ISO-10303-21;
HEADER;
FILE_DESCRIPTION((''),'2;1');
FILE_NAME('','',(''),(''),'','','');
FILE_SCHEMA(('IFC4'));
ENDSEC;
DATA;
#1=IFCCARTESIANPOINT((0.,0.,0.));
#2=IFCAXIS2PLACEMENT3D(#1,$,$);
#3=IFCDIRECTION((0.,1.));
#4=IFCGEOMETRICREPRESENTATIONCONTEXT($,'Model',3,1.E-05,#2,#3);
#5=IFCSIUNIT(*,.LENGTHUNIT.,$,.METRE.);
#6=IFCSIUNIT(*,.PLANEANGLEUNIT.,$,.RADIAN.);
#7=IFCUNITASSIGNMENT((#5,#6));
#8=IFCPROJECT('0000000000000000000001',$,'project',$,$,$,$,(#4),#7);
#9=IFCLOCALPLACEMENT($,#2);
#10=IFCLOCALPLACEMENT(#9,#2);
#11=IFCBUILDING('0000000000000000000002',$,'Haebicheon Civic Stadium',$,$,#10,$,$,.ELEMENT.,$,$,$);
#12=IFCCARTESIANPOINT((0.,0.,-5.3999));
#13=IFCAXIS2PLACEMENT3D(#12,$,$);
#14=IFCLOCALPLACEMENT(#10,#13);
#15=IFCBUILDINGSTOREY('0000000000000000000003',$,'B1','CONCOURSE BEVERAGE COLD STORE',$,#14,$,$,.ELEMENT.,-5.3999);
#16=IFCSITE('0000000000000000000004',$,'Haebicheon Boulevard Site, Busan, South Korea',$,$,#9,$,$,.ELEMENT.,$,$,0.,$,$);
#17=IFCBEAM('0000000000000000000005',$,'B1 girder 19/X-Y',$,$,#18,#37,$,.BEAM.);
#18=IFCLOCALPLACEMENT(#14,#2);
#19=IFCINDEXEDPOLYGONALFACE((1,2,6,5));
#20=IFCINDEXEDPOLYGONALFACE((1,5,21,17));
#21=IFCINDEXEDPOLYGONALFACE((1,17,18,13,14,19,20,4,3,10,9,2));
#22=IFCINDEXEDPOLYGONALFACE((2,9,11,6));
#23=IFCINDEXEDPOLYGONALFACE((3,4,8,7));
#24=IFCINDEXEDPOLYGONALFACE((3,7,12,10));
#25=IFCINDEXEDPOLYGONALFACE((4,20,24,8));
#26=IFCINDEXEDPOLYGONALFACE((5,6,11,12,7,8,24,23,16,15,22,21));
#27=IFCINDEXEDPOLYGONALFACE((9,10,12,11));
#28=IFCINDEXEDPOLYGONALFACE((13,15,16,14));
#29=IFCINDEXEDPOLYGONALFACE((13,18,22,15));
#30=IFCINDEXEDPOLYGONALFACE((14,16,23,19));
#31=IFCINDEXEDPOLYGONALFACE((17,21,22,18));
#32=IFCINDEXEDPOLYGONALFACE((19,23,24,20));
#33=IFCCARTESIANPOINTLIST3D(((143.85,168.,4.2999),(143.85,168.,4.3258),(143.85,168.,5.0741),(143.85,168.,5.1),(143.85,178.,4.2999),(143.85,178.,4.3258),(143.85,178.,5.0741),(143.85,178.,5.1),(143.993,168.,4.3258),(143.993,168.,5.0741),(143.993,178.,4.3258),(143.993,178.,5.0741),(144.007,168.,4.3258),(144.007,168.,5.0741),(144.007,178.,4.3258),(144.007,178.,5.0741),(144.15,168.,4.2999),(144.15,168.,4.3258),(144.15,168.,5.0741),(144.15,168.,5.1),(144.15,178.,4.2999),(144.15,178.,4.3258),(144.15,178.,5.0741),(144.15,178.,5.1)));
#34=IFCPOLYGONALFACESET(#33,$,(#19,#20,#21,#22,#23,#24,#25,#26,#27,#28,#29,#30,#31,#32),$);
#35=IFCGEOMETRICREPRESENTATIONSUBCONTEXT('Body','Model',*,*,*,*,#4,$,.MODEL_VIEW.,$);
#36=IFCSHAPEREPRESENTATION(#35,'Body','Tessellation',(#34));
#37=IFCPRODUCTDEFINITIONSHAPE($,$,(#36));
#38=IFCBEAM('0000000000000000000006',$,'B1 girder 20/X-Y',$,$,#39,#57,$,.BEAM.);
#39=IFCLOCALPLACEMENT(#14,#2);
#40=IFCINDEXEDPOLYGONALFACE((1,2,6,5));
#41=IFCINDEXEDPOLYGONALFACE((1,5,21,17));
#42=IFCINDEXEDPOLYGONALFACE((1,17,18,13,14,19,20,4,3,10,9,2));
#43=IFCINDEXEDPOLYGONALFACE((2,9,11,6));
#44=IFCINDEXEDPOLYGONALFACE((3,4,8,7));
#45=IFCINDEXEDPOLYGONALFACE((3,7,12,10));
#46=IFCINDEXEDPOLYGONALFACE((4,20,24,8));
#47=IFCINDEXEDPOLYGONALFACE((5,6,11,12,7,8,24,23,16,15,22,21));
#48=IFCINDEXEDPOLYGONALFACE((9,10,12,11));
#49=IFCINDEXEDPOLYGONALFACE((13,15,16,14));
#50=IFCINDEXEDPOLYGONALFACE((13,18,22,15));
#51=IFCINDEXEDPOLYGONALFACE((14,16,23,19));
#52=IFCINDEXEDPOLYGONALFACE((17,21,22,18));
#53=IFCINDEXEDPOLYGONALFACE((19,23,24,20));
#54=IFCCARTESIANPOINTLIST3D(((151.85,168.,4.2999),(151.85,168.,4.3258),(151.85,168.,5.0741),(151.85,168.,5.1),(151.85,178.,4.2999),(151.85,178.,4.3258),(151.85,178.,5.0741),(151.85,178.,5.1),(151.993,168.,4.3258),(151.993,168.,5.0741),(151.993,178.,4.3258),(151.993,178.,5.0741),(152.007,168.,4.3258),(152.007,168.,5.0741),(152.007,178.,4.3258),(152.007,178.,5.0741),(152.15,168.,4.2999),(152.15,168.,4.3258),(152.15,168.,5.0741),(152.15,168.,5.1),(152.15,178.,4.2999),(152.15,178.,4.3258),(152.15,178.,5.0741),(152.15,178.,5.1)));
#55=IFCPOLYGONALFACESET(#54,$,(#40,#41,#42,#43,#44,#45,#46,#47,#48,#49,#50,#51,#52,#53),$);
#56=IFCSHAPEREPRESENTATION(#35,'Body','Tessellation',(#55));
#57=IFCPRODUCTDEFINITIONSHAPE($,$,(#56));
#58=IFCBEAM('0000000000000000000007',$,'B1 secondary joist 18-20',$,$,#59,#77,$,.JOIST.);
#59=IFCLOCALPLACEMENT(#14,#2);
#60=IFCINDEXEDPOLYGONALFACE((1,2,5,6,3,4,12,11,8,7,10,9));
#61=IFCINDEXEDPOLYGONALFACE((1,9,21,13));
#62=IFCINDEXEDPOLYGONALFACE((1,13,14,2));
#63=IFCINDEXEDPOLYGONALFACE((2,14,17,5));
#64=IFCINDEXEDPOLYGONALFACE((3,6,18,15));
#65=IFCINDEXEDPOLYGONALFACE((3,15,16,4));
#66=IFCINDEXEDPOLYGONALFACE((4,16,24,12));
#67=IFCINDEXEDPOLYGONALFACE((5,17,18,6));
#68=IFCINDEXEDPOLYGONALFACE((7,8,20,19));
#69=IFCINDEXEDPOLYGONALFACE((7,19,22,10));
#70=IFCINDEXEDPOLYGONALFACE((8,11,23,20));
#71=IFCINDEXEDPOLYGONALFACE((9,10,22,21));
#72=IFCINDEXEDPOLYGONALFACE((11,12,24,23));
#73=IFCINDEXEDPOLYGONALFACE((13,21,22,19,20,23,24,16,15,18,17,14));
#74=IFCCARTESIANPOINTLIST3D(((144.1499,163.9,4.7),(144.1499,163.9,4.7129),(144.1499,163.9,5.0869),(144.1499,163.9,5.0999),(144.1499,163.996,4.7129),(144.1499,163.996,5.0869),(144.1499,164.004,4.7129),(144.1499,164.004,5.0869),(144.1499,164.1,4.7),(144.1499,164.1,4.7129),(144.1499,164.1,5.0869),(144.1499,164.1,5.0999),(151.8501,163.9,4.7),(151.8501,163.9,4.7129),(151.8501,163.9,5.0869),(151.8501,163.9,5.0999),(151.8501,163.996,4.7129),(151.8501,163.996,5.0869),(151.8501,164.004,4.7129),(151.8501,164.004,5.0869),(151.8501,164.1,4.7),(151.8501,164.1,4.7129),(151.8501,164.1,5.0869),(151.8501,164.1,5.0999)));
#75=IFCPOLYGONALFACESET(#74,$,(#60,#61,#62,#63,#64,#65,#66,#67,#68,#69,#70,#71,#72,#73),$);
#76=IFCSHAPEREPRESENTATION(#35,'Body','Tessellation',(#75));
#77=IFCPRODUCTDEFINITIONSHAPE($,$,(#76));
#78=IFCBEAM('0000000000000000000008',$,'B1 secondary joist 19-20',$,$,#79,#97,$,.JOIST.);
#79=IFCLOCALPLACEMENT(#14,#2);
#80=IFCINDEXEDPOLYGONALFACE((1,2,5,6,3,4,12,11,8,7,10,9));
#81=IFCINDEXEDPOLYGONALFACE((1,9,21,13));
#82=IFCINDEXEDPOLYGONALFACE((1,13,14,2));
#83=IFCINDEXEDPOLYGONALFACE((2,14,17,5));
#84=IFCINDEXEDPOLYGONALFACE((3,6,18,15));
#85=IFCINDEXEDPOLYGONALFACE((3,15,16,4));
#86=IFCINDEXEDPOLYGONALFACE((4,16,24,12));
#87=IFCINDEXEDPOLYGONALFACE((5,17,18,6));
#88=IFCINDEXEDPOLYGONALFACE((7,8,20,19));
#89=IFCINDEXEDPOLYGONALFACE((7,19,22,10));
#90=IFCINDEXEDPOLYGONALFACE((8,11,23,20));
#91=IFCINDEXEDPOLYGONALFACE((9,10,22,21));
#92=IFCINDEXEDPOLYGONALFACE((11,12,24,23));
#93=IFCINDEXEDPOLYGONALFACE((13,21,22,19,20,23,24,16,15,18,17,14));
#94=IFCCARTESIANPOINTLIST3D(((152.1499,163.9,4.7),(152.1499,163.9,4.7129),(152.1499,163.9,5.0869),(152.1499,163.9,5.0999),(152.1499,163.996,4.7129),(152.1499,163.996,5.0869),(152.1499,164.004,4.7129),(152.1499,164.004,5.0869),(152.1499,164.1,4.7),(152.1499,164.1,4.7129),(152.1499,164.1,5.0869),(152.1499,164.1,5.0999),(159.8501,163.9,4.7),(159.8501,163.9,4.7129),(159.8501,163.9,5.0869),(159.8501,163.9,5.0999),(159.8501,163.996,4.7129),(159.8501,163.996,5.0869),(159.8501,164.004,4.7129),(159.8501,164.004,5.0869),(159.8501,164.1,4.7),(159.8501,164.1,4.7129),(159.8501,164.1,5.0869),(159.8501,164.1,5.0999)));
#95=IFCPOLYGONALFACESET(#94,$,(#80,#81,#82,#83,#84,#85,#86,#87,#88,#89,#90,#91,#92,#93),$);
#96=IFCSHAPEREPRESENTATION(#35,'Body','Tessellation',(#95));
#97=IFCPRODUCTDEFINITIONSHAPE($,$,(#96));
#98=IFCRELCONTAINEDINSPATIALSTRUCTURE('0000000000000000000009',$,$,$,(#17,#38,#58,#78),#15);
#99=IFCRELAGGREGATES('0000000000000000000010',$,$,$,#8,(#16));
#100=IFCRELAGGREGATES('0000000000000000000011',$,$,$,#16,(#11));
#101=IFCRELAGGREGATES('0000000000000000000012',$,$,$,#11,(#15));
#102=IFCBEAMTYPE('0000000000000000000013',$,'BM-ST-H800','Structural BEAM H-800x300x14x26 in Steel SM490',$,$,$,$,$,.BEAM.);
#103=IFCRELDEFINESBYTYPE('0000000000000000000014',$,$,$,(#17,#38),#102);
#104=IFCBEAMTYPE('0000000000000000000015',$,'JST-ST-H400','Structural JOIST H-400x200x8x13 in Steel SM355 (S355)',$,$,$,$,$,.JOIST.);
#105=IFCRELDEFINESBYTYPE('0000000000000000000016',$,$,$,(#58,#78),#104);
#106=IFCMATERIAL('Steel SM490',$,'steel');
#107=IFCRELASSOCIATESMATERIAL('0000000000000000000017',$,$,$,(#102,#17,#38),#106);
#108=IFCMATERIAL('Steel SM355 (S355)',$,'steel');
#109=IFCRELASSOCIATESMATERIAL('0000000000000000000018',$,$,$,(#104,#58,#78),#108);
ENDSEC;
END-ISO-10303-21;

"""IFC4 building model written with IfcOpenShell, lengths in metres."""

from ifc_helpers import new_model, si_unit, direction, frame, origin, origin_2d, place, context, subcontext, project, spatial, i_section, extrude, material, material_profile, profile_set, type_object, element, save


model = new_model("IFC4")

# Units and contexts
model_context = context("Model", 3, precision=1e-05, world=origin(), true_north=direction((0.0, 1.0)))
body_context = subcontext(model_context, "Body", "Model", "MODEL_VIEW")
ifc_project = project(units=[si_unit("LENGTHUNIT", "METRE"), si_unit("PLANEANGLEUNIT", "RADIAN")], contexts=[model_context])

# Site, building, storey
site_placement = place(None, origin())
site = spatial("IfcSite", under=ifc_project, at=site_placement, Name="Haebicheon Boulevard Site, Busan, South Korea", CompositionType="ELEMENT", RefElevation=0.0)
building_placement = place(site_placement, origin())
building = spatial("IfcBuilding", under=site, at=building_placement, Name="Haebicheon Civic Stadium", CompositionType="ELEMENT")
storey_placement = place(building_placement, frame((0.0, 0.0, -5.3999)))
storey = spatial("IfcBuildingStorey", under=building, at=storey_placement, Name="B1", Description="CONCOURSE BEVERAGE COLD STORE", CompositionType="ELEMENT", Elevation=-5.3999)

# Beams
ifc_material_1 = material(Name="Steel SM490", Category="steel")
ifc_material_profile_1 = material_profile(ifc_material_1, i_section(OverallWidth=0.3, OverallDepth=0.8, WebThickness=0.0139, FlangeThickness=0.0259, at=origin_2d()), Name="H-800x300x14x26")
ifc_profile_set_1 = profile_set([ifc_material_profile_1], Name="Steel SM490")
beam_type_1 = type_object("IfcBeamType", Name="BM-ST-H800", Description="Structural BEAM H-800x300x14x26 in Steel SM490", PredefinedType="BEAM", material=ifc_profile_set_1)
for number, where, z_axis, x_axis, name in (
    (1, (144.0, 168.0, 4.7), (0.0, 1.0, 0.0), (-1.0, 0.0, 0.0), "B1 girder 19/X-Y"),
    (2, (152.0, 168.0, 4.7), (0.0, 1.0, 0.0), (-1.0, 0.0, 0.0), "B1 girder 20/X-Y"),
):
    element("IfcBeam", number, at=place(storey_placement, frame(where, z_axis=z_axis, x_axis=x_axis)), inside=storey, type_object=beam_type_1, material=ifc_profile_set_1, Name=name, PredefinedType="BEAM", context=body_context, shape_type="SweptSolid", body=[
        extrude(i_section(OverallWidth=0.3, OverallDepth=0.8, WebThickness=0.0139, FlangeThickness=0.0259, at=origin_2d()), origin(), (0.0, 0.0, 1.0), 10.0),
    ])
ifc_material_2 = material(Name="Steel SM355 (S355)", Category="steel")
ifc_material_profile_2 = material_profile(ifc_material_2, i_section(OverallWidth=0.2, OverallDepth=0.3999, WebThickness=0.0081, FlangeThickness=0.0129, at=origin_2d()), Name="H-400x200x8x13")
ifc_profile_set_2 = profile_set([ifc_material_profile_2], Name="Steel SM355 (S355)")
beam_type_2 = type_object("IfcBeamType", Name="JST-ST-H400", Description="Structural JOIST H-400x200x8x13 in Steel SM355 (S355)", PredefinedType="JOIST", material=ifc_profile_set_2)
for number, where, z_axis, x_axis, name in (
    (3, (144.1499, 164.0, 4.8999), (1.0, 0.0, 0.0), (0.0, 1.0, 0.0), "B1 secondary joist 18-20"),
    (4, (152.1499, 164.0, 4.8999), (1.0, 0.0, 0.0), (0.0, 1.0, 0.0), "B1 secondary joist 19-20"),
):
    element("IfcBeam", number, at=place(storey_placement, frame(where, z_axis=z_axis, x_axis=x_axis)), inside=storey, type_object=beam_type_2, material=ifc_profile_set_2, Name=name, PredefinedType="JOIST", context=body_context, shape_type="SweptSolid", body=[
        extrude(i_section(OverallWidth=0.2, OverallDepth=0.3999, WebThickness=0.0081, FlangeThickness=0.0129, at=origin_2d()), origin(), (0.0, 0.0, 1.0), 7.7002),
    ])

save(model, "model.ifc")
